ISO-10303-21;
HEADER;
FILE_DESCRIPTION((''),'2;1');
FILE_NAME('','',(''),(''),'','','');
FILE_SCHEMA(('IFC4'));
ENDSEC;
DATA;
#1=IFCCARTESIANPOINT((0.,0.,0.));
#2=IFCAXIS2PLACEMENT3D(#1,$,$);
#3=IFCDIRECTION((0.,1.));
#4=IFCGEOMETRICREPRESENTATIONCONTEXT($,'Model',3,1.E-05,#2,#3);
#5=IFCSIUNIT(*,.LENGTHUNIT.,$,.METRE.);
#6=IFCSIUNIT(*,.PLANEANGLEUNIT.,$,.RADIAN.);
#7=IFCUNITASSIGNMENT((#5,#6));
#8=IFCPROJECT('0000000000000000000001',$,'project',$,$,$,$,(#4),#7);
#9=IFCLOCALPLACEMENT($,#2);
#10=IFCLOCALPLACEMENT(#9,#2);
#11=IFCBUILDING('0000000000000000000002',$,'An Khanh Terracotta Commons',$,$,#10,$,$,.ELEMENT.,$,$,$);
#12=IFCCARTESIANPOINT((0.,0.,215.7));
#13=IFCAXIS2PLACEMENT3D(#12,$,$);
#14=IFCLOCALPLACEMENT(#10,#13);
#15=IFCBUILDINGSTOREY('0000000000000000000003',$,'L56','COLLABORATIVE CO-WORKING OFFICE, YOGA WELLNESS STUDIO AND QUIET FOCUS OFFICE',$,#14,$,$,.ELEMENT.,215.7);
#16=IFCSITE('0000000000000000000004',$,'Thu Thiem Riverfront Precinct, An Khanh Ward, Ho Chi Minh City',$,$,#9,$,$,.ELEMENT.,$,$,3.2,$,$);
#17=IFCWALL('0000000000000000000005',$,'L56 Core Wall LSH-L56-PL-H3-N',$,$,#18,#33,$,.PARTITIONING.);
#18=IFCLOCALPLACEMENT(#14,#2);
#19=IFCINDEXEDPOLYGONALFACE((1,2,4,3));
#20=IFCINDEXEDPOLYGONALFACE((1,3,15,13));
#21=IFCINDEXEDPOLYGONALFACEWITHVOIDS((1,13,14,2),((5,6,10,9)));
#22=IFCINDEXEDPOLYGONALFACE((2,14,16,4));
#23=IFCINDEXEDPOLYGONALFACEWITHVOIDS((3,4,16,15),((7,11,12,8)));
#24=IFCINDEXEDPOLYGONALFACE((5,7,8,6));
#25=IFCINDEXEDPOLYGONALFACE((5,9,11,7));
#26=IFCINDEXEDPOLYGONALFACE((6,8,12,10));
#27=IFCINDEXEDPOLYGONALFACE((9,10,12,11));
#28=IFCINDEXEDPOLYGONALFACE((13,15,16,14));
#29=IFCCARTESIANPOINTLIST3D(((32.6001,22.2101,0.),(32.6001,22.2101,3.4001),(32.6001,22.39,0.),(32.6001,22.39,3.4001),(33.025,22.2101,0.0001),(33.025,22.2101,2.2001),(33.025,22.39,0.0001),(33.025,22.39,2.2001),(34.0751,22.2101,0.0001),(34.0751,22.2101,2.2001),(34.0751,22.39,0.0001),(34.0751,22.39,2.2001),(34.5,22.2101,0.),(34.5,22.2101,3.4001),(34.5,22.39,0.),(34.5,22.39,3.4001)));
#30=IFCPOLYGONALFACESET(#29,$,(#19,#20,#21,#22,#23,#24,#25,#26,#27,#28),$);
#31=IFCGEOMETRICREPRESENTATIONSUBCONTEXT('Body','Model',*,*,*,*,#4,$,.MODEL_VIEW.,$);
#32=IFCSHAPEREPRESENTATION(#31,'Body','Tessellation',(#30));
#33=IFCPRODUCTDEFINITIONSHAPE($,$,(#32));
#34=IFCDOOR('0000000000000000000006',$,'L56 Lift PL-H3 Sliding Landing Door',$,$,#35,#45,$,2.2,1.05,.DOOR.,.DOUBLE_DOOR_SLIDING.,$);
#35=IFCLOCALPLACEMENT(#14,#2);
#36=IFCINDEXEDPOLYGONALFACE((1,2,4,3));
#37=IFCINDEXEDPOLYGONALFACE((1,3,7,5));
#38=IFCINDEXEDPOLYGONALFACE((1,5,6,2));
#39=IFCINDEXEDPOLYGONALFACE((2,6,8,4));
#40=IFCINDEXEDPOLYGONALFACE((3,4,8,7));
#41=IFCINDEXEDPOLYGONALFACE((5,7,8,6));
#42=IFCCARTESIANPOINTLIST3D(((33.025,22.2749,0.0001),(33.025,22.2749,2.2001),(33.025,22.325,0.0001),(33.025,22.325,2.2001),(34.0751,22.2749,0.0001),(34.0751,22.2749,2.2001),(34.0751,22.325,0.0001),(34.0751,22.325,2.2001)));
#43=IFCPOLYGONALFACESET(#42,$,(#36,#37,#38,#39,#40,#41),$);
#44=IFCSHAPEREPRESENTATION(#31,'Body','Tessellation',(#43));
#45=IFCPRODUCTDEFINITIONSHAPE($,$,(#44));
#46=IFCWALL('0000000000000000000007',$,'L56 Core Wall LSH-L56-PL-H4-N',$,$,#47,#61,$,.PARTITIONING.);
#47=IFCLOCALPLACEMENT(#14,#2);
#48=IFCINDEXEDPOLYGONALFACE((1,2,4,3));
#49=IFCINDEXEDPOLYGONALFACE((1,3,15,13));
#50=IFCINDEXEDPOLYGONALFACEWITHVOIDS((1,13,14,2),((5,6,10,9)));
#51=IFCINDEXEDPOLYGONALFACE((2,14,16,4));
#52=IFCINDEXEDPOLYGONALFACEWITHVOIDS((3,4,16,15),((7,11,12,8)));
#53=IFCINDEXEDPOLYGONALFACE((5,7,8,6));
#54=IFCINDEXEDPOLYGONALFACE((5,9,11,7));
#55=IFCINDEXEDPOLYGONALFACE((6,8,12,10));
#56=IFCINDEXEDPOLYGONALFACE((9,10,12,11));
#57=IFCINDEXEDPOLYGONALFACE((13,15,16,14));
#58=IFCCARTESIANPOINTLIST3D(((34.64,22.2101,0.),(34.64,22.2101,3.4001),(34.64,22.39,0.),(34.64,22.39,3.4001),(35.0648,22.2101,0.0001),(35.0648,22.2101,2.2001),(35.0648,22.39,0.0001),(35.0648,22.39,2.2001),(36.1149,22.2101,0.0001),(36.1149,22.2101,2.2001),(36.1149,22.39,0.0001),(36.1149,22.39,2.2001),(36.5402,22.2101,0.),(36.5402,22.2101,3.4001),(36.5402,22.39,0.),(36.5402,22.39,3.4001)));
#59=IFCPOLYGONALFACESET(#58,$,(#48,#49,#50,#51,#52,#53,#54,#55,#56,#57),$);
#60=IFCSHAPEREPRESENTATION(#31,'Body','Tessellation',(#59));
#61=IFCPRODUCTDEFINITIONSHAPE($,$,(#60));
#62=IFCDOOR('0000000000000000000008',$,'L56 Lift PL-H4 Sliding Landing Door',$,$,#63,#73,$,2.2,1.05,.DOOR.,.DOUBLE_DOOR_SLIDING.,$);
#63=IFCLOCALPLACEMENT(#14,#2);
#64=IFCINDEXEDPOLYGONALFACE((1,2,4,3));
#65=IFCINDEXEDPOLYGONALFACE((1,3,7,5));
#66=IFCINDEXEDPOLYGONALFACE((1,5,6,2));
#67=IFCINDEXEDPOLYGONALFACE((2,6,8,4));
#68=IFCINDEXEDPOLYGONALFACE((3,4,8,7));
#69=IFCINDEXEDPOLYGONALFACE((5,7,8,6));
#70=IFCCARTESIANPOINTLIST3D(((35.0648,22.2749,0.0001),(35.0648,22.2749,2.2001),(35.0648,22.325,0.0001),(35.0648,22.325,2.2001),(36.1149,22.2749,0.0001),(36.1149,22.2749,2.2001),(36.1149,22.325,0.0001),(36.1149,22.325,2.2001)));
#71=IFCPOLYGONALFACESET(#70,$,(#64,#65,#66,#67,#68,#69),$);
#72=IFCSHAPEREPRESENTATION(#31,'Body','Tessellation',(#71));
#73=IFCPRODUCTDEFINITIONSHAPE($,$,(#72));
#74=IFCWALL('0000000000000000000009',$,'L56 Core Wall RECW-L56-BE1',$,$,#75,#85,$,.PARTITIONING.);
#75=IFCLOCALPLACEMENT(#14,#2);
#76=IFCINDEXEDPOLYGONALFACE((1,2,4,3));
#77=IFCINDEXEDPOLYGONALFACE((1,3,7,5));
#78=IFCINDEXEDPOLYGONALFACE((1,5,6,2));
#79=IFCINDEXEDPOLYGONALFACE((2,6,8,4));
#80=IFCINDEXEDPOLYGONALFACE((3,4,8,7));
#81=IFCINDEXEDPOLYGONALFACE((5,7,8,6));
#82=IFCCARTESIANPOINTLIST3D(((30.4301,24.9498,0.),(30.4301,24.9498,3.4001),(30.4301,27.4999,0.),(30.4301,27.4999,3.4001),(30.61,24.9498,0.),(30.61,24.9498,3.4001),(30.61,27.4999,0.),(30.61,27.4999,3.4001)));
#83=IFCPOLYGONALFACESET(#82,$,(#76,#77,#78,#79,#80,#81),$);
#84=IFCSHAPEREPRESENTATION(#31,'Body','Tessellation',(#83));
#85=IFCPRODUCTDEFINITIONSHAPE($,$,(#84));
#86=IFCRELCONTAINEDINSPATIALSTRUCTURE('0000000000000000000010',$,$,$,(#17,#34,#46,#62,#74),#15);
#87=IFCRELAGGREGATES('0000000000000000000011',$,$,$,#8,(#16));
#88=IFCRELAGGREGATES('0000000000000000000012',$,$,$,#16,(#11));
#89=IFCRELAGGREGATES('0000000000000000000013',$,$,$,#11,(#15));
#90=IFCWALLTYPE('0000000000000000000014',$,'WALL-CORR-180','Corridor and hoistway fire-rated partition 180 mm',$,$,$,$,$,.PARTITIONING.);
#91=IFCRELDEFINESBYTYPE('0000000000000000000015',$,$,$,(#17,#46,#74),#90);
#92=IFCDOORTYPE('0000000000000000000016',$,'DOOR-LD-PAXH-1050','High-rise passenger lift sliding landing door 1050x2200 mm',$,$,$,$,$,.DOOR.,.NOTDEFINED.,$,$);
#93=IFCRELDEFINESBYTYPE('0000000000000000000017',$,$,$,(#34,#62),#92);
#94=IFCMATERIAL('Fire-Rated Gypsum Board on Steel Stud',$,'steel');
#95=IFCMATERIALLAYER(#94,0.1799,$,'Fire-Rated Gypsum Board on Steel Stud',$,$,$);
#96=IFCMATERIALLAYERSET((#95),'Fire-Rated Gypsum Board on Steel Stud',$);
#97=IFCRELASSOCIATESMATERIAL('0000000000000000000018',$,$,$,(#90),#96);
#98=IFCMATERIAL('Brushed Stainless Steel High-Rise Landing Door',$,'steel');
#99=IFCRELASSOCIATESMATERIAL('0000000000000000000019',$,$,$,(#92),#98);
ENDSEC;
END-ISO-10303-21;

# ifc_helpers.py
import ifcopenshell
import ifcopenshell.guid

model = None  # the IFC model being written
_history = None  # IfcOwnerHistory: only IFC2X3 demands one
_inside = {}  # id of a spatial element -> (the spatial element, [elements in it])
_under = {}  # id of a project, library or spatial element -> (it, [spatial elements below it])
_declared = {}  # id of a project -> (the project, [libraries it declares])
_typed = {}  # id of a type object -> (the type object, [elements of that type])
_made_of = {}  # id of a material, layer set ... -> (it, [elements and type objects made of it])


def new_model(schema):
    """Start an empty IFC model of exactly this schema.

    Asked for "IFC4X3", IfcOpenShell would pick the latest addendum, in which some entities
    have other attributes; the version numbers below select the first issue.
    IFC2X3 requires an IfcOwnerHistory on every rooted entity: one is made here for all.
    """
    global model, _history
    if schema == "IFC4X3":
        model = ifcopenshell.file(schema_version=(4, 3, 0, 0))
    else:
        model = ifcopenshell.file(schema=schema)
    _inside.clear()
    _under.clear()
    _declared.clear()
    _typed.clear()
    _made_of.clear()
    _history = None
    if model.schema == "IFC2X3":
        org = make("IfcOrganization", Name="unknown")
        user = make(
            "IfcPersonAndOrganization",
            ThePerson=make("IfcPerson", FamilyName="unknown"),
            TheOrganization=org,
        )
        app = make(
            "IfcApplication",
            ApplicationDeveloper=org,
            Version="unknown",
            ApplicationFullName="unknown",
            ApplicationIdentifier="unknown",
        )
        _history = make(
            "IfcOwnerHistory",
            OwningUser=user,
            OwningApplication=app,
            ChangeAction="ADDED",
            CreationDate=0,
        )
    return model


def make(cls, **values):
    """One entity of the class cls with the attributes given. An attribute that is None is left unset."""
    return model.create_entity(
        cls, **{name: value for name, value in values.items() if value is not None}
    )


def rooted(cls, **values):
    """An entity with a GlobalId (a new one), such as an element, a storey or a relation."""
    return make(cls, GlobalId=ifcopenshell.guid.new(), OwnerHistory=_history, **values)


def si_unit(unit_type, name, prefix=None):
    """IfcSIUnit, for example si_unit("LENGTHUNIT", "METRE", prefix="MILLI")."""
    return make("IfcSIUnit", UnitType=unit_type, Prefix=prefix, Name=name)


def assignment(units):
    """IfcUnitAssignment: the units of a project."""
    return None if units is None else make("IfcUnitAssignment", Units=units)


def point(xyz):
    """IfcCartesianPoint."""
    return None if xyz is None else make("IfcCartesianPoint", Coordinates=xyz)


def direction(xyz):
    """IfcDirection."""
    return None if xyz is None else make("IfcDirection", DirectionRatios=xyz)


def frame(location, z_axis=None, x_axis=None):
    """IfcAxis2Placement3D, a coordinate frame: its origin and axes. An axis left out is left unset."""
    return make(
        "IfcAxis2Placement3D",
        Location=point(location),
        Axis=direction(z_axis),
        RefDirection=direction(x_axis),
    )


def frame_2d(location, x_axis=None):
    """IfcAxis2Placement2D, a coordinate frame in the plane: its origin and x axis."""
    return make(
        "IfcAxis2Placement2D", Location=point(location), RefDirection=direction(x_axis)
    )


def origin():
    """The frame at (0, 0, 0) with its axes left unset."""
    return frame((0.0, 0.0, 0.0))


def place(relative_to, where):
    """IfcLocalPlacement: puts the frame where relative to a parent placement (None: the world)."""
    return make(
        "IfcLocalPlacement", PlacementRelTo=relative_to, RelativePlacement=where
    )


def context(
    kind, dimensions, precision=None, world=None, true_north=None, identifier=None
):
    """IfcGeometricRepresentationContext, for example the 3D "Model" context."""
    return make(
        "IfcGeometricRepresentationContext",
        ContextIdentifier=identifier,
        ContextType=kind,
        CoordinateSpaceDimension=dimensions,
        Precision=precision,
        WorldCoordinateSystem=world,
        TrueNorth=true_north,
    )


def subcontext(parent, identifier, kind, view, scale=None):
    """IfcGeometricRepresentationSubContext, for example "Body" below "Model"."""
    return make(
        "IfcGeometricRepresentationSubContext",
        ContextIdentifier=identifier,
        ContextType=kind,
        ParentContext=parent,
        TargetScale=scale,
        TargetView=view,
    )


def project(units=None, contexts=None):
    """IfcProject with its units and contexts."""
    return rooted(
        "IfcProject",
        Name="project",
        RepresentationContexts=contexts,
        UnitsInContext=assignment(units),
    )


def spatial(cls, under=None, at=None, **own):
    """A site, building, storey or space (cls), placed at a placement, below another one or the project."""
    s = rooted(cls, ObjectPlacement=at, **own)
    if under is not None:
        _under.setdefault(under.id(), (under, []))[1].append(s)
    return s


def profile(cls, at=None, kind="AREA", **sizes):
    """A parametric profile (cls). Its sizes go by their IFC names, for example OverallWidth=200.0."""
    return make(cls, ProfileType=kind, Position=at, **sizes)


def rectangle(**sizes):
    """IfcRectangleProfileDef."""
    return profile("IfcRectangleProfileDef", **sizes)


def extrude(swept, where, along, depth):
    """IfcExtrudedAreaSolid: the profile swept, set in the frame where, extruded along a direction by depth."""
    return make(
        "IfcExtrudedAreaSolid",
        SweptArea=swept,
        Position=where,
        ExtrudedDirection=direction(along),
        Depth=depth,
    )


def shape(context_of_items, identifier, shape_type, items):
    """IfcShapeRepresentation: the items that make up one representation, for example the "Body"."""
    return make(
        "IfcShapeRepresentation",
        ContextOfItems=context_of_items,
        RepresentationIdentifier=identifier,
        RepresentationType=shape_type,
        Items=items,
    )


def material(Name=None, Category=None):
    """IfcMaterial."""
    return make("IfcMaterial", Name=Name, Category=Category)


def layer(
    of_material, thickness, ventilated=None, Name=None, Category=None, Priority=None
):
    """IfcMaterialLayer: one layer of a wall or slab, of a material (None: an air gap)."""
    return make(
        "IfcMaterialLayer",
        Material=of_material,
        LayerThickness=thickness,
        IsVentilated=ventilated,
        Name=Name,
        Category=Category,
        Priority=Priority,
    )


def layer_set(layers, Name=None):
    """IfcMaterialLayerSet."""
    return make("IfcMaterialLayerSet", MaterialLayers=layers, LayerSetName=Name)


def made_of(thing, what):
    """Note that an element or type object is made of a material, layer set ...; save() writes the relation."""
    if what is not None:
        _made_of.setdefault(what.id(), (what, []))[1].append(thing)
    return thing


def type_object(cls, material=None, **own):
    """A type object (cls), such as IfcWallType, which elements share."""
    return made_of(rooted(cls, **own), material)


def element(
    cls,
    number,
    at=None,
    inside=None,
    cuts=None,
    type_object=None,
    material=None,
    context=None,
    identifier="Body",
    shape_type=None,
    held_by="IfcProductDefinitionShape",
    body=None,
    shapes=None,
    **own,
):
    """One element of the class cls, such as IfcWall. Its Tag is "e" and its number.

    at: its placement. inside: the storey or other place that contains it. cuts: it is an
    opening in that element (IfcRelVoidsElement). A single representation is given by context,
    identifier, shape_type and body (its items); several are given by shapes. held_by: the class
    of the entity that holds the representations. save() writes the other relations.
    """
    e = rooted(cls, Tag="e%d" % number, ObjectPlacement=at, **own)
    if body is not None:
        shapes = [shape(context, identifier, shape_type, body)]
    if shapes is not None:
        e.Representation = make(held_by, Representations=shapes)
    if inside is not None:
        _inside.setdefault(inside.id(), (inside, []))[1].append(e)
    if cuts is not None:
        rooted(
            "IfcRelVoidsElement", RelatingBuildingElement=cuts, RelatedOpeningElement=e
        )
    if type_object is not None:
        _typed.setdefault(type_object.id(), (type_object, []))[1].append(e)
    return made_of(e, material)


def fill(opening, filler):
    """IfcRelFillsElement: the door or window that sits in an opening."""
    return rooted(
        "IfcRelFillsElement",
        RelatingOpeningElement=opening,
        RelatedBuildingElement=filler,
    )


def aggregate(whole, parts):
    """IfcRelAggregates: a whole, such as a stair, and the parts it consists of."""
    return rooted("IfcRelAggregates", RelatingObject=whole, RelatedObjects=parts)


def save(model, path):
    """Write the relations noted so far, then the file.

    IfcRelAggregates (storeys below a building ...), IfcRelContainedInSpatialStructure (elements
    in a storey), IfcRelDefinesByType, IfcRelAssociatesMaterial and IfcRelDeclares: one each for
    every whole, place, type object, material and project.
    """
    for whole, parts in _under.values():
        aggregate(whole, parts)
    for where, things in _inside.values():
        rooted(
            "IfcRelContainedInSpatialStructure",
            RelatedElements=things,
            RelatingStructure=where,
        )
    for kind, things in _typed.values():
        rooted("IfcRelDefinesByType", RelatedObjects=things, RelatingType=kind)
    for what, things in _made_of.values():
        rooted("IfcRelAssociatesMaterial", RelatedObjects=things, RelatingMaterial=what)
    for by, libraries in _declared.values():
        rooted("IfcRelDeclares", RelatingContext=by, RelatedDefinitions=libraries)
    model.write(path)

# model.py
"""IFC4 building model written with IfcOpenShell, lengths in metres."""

from ifc_helpers import new_model, si_unit, direction, frame, frame_2d, origin, place, context, subcontext, project, spatial, rectangle, extrude, material, layer, layer_set, type_object, element, fill, save


model = new_model("IFC4")

# Units and contexts
model_context = context("Model", 3, precision=1e-05, world=origin(), true_north=direction((0.0, 1.0)))
body_context = subcontext(model_context, "Body", "Model", "MODEL_VIEW")
ifc_project = project(units=[si_unit("LENGTHUNIT", "METRE"), si_unit("PLANEANGLEUNIT", "RADIAN")], contexts=[model_context])

# Site, building, storey
site_placement = place(None, origin())
site = spatial("IfcSite", under=ifc_project, at=site_placement, Name="Thu Thiem Riverfront Precinct, An Khanh Ward, Ho Chi Minh City", CompositionType="ELEMENT", RefElevation=3.2)
building_placement = place(site_placement, origin())
building = spatial("IfcBuilding", under=site, at=building_placement, Name="An Khanh Terracotta Commons", CompositionType="ELEMENT")
storey_placement = place(building_placement, frame((0.0, 0.0, 215.7)))
storey = spatial("IfcBuildingStorey", under=building, at=storey_placement, Name="L56", Description="COLLABORATIVE CO-WORKING OFFICE, YOGA WELLNESS STUDIO AND QUIET FOCUS OFFICE", CompositionType="ELEMENT", Elevation=215.7)

# Shared definitions
ifc_material_1 = material(Name="Fire-Rated Gypsum Board on Steel Stud", Category="steel")
ifc_layer = layer(ifc_material_1, 0.1799, Name="Fire-Rated Gypsum Board on Steel Stud")
ifc_layer_set = layer_set([ifc_layer], Name="Fire-Rated Gypsum Board on Steel Stud")
wall_type = type_object("IfcWallType", Name="WALL-CORR-180", Description="Corridor and hoistway fire-rated partition 180 mm", PredefinedType="PARTITIONING", material=ifc_layer_set)

# Shared definitions
ifc_material_2 = material(Name="Brushed Stainless Steel High-Rise Landing Door", Category="steel")
door_type = type_object("IfcDoorType", Name="DOOR-LD-PAXH-1050", Description="High-rise passenger lift sliding landing door 1050x2200 mm", OperationType="NOTDEFINED", PredefinedType="DOOR", material=ifc_material_2)

# Walls, openings, doors
wall_1_placement = place(storey_placement, frame((32.6001, 22.3, 0.0), z_axis=(0.0, 0.0, 1.0), x_axis=(1.0, 0.0, 0.0)))
wall_1 = element("IfcWall", 1, at=wall_1_placement, inside=storey, type_object=wall_type, Name="L56 Core Wall LSH-L56-PL-H3-N", PredefinedType="PARTITIONING", context=body_context, shape_type="SweptSolid", body=[
    extrude(rectangle(XDim=1.8999, YDim=0.1799, at=frame_2d((0.95, 0.0))), origin(), (0.0, 0.0, 1.0), 3.4001),
])
opening_1_placement = place(wall_1_placement, frame((0.425, 0.0, 0.0)))
opening_1 = element("IfcOpeningElement", 2, at=opening_1_placement, cuts=wall_1, PredefinedType="OPENING", context=body_context, shape_type="SweptSolid", body=[
    extrude(rectangle(XDim=1.05, YDim=2.2, at=frame_2d((0.5249, 1.1001))), frame((0.0, 0.0999, 0.0), z_axis=(0.0, -1.0, 0.0), x_axis=(1.0, 0.0, 0.0)), (0.0, 0.0, 1.0), 0.2),
])
door_1_placement = place(opening_1_placement, origin())
door_1 = element("IfcDoor", 3, at=door_1_placement, inside=storey, type_object=door_type, Name="L56 Lift PL-H3 Sliding Landing Door", OperationType="DOUBLE_DOOR_SLIDING", OverallHeight=2.2, OverallWidth=1.05, PredefinedType="DOOR", context=body_context, shape_type="SweptSolid", body=[
    extrude(rectangle(XDim=1.05, YDim=2.2, at=frame_2d((0.5249, 1.1001))), frame((0.0, 0.0249, 0.0), z_axis=(0.0, -1.0, 0.0), x_axis=(1.0, 0.0, 0.0)), (0.0, 0.0, 1.0), 0.05),
])
fill(opening_1, door_1)
wall_2_placement = place(storey_placement, frame((34.6399, 22.3, 0.0), z_axis=(0.0, 0.0, 1.0), x_axis=(1.0, 0.0, 0.0)))
wall_2 = element("IfcWall", 4, at=wall_2_placement, inside=storey, type_object=wall_type, Name="L56 Core Wall LSH-L56-PL-H4-N", PredefinedType="PARTITIONING", context=body_context, shape_type="SweptSolid", body=[
    extrude(rectangle(XDim=1.9001, YDim=0.1799, at=frame_2d((0.9502, 0.0))), origin(), (0.0, 0.0, 1.0), 3.4001),
])
opening_2_placement = place(wall_2_placement, frame((0.425, 0.0, 0.0)))
opening_2 = element("IfcOpeningElement", 5, at=opening_2_placement, cuts=wall_2, PredefinedType="OPENING", context=body_context, shape_type="SweptSolid", body=[
    extrude(rectangle(XDim=1.05, YDim=2.2, at=frame_2d((0.5249, 1.1001))), frame((0.0, 0.0999, 0.0), z_axis=(0.0, -1.0, 0.0), x_axis=(1.0, 0.0, 0.0)), (0.0, 0.0, 1.0), 0.2),
])
door_2_placement = place(opening_2_placement, origin())
door_2 = element("IfcDoor", 6, at=door_2_placement, inside=storey, type_object=door_type, Name="L56 Lift PL-H4 Sliding Landing Door", OperationType="DOUBLE_DOOR_SLIDING", OverallHeight=2.2, OverallWidth=1.05, PredefinedType="DOOR", context=body_context, shape_type="SweptSolid", body=[
    extrude(rectangle(XDim=1.05, YDim=2.2, at=frame_2d((0.5249, 1.1001))), frame((0.0, 0.0249, 0.0), z_axis=(0.0, -1.0, 0.0), x_axis=(1.0, 0.0, 0.0)), (0.0, 0.0, 1.0), 0.05),
])
fill(opening_2, door_2)

# Wall
wall_3_placement = place(storey_placement, frame((30.52, 24.95, 0.0), z_axis=(0.0, 0.0, 1.0), x_axis=(0.0, 1.0, 0.0)))
element("IfcWall", 7, at=wall_3_placement, inside=storey, type_object=wall_type, Name="L56 Core Wall RECW-L56-BE1", PredefinedType="PARTITIONING", context=body_context, shape_type="SweptSolid", body=[
    extrude(rectangle(XDim=2.55, YDim=0.1799, at=frame_2d((1.2749, 0.0))), origin(), (0.0, 0.0, 1.0), 3.4001),
])

save(model, "model.ifc")
